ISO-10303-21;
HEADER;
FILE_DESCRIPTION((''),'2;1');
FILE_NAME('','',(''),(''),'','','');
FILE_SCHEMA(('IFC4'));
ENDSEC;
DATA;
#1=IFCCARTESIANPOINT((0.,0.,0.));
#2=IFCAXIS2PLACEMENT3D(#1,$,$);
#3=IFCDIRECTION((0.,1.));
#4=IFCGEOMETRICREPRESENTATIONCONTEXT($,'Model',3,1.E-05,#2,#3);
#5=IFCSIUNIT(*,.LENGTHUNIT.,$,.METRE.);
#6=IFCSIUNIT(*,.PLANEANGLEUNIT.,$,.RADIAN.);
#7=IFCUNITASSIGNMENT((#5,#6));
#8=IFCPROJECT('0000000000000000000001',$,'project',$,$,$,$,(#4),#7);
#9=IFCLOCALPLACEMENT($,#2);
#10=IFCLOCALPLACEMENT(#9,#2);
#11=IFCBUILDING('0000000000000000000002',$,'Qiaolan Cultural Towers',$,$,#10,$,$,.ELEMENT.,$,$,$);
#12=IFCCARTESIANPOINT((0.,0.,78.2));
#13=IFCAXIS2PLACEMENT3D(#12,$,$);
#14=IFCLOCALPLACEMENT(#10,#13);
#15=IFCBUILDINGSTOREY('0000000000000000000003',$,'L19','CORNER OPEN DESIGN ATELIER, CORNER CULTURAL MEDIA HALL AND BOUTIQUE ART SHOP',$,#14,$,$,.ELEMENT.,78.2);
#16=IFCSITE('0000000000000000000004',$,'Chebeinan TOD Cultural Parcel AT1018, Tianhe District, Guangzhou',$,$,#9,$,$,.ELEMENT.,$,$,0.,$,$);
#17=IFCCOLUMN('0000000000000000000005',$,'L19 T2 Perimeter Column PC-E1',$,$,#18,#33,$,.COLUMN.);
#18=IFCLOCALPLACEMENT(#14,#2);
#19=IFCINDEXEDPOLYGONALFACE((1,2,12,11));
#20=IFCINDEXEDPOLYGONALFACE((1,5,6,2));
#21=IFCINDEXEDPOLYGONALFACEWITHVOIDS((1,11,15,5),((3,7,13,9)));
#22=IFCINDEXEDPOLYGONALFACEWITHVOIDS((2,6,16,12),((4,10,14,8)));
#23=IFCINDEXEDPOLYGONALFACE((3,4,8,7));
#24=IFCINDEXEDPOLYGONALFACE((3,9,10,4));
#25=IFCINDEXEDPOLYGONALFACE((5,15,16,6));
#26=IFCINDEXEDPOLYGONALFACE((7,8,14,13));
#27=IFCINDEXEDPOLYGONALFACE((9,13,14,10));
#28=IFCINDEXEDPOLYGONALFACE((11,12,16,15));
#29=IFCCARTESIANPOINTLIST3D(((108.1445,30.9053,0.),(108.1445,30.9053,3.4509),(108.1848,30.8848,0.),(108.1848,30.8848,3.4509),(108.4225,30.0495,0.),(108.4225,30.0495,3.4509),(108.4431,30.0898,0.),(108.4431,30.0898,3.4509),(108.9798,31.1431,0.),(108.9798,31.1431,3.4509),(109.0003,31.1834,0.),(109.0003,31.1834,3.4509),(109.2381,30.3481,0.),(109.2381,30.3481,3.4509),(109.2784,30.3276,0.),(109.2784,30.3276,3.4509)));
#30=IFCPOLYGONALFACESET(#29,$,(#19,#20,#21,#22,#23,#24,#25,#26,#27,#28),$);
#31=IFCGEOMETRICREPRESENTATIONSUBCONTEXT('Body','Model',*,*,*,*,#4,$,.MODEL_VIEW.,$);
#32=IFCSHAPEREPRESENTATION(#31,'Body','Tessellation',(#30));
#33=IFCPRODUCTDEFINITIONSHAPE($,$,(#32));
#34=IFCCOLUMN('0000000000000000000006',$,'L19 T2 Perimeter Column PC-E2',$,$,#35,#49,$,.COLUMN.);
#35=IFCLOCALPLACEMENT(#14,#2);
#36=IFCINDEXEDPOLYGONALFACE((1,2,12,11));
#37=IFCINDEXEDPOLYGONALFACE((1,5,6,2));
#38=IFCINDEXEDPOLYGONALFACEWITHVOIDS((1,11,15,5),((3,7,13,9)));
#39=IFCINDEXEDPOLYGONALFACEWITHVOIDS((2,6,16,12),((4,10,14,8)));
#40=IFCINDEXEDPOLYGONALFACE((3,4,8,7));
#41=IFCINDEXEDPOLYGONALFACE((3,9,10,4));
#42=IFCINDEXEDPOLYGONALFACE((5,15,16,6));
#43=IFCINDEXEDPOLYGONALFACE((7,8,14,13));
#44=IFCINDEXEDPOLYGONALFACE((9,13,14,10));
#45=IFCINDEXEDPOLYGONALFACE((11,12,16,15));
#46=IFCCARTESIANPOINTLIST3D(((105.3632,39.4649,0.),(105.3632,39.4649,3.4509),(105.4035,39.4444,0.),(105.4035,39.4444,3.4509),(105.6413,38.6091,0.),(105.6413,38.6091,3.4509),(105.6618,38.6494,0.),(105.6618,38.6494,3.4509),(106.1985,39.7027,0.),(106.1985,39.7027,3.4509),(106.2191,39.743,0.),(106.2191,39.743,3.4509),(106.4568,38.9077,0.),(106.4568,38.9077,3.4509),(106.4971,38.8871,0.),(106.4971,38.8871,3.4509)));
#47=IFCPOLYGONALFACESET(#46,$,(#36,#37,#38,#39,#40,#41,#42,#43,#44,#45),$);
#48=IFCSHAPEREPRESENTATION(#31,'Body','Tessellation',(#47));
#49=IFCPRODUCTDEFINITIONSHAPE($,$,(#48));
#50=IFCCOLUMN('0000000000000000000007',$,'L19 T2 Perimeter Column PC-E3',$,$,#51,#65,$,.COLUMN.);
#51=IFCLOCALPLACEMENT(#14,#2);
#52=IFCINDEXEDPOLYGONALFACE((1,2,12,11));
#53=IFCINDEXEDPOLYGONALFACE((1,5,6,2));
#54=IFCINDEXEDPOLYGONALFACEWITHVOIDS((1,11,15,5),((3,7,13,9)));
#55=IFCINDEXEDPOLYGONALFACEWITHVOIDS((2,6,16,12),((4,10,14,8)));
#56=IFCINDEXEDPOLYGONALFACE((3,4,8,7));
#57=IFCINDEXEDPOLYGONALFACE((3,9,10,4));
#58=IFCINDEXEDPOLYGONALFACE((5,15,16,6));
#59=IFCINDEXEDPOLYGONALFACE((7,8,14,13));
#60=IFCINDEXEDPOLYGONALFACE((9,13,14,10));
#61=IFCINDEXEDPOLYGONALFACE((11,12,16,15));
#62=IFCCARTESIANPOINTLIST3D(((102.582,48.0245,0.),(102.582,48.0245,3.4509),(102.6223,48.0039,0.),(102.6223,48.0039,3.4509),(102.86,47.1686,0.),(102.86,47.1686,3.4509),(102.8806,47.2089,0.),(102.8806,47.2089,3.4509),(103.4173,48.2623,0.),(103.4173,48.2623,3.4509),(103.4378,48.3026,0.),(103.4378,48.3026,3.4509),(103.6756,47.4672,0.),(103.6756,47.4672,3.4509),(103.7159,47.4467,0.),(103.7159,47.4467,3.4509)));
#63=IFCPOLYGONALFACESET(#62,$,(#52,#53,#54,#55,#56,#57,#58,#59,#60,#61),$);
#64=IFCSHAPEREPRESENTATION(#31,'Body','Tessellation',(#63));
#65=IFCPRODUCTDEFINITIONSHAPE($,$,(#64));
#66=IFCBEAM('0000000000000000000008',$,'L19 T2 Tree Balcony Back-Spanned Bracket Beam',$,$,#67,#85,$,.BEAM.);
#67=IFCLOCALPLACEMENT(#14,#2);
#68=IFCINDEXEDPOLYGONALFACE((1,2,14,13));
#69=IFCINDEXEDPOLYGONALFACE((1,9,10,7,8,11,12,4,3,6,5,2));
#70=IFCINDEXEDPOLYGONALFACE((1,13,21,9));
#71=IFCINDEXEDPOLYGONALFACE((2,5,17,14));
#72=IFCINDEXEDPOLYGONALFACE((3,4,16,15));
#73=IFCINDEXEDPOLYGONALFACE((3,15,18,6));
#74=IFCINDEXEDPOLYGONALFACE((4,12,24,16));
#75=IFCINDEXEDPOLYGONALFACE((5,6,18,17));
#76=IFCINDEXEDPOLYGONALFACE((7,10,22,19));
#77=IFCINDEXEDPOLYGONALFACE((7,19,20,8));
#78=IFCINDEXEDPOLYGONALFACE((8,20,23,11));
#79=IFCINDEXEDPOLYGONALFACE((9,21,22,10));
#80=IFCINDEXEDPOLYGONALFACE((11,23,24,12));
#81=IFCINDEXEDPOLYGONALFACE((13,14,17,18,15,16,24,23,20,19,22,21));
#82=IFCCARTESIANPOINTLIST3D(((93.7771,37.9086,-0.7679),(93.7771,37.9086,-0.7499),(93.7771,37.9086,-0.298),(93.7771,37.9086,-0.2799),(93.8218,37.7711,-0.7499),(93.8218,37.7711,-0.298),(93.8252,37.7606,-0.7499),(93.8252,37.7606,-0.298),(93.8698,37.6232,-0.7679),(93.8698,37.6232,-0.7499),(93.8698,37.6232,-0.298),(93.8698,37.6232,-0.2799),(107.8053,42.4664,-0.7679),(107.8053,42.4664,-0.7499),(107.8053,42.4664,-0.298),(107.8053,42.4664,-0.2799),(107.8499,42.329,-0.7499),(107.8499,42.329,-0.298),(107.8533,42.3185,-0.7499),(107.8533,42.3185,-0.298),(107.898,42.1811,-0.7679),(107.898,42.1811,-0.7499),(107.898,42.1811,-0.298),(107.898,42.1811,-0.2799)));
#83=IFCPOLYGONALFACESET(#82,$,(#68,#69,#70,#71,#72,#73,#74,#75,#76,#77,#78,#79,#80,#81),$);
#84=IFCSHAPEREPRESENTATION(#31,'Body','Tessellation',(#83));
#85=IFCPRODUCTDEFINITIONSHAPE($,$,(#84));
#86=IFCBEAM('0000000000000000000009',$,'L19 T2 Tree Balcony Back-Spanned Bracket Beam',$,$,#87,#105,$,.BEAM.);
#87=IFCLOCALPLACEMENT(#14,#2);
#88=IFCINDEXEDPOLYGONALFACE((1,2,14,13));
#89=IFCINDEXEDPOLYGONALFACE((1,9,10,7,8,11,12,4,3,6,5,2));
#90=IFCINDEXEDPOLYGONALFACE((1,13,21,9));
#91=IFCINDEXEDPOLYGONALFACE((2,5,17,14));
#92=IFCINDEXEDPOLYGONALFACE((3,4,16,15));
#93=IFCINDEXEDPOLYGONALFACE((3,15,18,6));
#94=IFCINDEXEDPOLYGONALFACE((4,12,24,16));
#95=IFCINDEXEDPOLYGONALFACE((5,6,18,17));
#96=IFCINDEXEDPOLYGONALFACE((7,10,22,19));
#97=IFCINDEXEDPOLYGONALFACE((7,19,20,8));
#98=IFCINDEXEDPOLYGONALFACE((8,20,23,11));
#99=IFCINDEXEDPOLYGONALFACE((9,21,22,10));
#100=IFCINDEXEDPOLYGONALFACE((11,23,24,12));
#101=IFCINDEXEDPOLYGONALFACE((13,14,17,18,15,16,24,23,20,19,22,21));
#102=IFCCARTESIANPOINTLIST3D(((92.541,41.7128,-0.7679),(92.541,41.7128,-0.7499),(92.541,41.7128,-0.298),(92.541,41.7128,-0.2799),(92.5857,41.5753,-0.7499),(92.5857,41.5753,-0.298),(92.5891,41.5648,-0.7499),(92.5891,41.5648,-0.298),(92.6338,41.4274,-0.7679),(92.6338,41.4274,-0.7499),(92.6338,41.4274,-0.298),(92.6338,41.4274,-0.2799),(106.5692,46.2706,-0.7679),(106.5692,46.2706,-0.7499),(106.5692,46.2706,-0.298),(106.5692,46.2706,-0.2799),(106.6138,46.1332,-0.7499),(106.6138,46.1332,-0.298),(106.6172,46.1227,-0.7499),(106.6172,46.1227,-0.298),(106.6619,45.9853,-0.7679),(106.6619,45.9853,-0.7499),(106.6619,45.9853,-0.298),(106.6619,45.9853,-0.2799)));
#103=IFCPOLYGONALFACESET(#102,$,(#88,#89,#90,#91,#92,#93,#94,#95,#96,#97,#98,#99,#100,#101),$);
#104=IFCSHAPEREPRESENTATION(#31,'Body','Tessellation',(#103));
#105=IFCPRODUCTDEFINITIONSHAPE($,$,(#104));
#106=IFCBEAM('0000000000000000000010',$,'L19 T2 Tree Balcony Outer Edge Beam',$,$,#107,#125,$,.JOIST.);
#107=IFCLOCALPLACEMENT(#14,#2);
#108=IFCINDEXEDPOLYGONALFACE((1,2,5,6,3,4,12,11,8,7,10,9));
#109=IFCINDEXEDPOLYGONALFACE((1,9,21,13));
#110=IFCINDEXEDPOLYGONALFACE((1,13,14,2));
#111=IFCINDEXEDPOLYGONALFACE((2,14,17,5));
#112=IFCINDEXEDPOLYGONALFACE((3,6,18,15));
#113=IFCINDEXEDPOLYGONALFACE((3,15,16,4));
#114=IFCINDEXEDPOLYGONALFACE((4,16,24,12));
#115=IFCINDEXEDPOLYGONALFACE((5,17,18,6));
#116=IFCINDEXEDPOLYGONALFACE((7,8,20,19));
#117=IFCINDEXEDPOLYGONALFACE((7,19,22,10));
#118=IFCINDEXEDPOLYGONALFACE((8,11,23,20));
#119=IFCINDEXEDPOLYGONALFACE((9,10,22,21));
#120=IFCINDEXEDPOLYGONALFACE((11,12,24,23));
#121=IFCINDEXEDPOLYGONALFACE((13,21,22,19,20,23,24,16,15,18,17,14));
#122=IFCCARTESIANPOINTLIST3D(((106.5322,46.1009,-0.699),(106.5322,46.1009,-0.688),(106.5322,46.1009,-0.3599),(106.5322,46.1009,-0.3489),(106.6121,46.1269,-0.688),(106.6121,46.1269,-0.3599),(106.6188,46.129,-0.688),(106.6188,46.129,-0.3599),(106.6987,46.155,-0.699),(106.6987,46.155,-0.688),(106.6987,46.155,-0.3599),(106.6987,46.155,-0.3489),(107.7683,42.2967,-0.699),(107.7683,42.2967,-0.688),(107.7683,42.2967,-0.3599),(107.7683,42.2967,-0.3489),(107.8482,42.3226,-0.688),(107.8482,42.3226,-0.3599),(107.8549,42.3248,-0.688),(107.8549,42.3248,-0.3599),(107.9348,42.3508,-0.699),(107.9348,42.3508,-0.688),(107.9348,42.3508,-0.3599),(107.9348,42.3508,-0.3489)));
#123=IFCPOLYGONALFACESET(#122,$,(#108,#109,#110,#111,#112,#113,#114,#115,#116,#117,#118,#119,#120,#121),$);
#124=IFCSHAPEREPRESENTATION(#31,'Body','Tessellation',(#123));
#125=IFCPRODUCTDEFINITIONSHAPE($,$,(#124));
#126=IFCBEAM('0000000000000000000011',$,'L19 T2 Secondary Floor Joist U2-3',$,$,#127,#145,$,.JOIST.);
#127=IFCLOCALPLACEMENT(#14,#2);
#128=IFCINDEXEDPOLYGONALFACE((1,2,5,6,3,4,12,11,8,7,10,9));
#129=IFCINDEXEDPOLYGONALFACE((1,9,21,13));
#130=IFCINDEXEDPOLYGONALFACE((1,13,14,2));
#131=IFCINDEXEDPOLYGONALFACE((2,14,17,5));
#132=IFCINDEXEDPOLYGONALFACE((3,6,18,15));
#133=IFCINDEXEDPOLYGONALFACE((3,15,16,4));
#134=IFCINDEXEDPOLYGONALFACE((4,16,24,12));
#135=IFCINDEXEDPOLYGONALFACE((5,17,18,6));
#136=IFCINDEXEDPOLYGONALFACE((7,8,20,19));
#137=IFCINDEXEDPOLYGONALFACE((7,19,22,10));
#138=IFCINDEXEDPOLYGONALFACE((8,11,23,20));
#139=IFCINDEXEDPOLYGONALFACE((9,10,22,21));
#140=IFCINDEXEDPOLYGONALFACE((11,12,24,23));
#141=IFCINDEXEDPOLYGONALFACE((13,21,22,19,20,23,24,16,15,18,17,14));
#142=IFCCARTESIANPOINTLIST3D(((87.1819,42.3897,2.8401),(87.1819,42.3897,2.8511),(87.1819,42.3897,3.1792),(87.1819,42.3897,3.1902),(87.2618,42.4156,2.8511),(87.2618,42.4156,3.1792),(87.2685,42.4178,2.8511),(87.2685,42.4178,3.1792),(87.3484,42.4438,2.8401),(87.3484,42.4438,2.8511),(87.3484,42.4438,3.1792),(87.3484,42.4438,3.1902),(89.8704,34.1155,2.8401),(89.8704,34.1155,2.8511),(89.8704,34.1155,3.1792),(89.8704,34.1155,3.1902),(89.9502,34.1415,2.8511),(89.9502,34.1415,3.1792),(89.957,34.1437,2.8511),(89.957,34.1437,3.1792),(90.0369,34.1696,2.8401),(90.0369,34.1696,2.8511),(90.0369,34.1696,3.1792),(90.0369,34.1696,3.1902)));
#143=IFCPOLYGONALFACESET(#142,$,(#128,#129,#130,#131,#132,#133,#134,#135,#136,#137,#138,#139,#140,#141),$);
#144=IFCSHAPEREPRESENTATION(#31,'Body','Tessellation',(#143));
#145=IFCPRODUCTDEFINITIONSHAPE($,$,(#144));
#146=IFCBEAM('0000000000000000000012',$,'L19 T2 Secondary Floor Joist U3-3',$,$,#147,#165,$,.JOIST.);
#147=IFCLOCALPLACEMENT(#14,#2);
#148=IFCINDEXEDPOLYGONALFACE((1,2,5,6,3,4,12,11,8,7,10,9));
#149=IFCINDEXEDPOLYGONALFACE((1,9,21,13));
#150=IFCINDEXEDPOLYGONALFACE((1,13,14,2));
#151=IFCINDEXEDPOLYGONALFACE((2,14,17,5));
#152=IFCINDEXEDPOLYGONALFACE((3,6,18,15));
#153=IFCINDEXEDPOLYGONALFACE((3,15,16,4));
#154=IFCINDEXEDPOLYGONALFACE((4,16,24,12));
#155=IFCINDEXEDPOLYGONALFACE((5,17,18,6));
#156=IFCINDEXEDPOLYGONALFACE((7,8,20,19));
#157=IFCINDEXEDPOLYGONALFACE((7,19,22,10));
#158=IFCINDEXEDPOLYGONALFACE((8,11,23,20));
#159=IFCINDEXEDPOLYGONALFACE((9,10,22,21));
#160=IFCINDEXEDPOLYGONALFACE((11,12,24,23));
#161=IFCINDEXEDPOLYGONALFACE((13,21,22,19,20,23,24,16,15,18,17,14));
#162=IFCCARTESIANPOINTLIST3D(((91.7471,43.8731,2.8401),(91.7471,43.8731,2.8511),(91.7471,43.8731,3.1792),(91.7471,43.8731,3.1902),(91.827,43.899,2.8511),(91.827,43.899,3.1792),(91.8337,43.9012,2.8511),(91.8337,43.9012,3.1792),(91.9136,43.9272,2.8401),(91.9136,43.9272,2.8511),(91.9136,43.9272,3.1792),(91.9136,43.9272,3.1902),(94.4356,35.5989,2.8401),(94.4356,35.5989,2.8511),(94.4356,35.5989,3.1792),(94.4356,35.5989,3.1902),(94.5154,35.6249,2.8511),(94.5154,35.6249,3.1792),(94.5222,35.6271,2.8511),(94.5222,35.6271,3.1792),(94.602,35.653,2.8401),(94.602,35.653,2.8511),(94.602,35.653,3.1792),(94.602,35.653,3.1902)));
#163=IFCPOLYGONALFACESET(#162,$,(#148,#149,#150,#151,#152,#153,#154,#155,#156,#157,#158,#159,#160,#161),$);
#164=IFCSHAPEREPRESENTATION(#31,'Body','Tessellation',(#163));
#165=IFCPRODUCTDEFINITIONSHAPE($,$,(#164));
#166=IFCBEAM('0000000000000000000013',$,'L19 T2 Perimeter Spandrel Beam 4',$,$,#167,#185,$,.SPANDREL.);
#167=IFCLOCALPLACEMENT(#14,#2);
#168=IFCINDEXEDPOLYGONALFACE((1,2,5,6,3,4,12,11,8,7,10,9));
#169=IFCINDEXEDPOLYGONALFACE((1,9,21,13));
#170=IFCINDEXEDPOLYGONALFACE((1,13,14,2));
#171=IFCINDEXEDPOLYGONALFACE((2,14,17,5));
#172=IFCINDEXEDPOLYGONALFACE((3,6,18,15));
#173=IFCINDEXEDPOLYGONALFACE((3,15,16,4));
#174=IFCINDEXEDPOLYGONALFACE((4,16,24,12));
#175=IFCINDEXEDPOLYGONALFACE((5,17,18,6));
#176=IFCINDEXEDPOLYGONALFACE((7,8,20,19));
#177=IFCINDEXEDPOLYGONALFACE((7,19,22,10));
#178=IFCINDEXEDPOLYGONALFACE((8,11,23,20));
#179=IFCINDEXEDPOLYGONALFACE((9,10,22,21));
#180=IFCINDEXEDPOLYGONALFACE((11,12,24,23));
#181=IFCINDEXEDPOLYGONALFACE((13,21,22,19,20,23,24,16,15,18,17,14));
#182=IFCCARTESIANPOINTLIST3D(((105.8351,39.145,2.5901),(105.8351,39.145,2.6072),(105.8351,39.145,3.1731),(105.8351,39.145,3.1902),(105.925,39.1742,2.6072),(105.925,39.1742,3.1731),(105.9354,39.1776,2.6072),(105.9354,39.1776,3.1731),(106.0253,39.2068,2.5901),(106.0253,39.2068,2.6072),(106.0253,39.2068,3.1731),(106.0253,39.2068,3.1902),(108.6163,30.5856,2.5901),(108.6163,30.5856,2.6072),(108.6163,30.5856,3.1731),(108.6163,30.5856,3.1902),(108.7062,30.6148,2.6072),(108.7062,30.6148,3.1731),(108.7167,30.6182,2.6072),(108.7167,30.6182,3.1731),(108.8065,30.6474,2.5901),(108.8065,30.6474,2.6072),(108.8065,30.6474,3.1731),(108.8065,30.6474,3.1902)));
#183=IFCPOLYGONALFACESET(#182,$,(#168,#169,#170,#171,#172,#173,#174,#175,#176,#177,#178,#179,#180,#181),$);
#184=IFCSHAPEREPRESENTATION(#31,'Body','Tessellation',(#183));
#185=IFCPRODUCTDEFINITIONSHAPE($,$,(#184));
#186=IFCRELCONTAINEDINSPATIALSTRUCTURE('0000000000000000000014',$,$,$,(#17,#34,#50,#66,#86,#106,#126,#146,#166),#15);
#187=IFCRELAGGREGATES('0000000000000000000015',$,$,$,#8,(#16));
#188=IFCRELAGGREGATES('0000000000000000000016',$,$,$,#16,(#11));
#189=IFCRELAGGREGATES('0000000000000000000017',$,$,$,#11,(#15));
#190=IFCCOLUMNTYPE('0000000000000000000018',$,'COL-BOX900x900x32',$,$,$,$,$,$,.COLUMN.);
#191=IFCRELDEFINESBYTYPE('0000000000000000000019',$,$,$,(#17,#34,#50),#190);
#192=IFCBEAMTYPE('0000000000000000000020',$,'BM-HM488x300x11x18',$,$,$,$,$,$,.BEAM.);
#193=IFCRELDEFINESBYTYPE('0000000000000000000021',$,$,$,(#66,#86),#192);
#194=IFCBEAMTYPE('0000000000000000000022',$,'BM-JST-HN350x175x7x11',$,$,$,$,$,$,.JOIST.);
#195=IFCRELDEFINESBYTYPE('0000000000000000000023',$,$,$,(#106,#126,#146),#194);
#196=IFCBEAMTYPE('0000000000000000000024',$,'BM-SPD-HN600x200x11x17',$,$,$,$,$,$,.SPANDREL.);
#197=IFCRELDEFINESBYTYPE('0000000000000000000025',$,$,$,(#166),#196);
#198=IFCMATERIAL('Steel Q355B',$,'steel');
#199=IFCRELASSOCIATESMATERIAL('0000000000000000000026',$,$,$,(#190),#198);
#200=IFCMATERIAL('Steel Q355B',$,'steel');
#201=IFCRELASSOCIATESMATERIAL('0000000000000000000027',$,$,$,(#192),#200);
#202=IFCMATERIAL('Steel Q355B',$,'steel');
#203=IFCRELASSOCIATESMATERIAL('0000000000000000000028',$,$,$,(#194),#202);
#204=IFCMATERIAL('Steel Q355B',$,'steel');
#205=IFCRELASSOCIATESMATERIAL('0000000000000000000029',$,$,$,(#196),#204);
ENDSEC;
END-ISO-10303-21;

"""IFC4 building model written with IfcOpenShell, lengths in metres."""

from ifc_helpers import new_model, si_unit, direction, frame, origin, origin_2d, place, context, subcontext, project, spatial, hollow_rectangle, i_section, extrude, material, material_profile, profile_set, type_object, element, save


model = new_model("IFC4")

# Units and contexts
model_context = context("Model", 3, precision=1e-05, world=origin(), true_north=direction((0.0, 1.0)))
body_context = subcontext(model_context, "Body", "Model", "MODEL_VIEW")
ifc_project = project(units=[si_unit("LENGTHUNIT", "METRE"), si_unit("PLANEANGLEUNIT", "RADIAN")], contexts=[model_context])

# Site, building, storey
site_placement = place(None, origin())
site = spatial("IfcSite", under=ifc_project, at=site_placement, Name="Chebeinan TOD Cultural Parcel AT1018, Tianhe District, Guangzhou", CompositionType="ELEMENT", RefElevation=0.0)
building_placement = place(site_placement, origin())
building = spatial("IfcBuilding", under=site, at=building_placement, Name="Qiaolan Cultural Towers", CompositionType="ELEMENT")
storey_placement = place(building_placement, frame((0.0, 0.0, 78.2)))
storey = spatial("IfcBuildingStorey", under=building, at=storey_placement, Name="L19", Description="CORNER OPEN DESIGN ATELIER, CORNER CULTURAL MEDIA HALL AND BOUTIQUE ART SHOP", CompositionType="ELEMENT", Elevation=78.2)

# Columns
ifc_material_1 = material(Name="Steel Q355B", Category="steel")
ifc_material_profile_1 = material_profile(ifc_material_1, hollow_rectangle(XDim=0.8999, YDim=0.8999, WallThickness=0.032, at=origin_2d()), Name="BOX900x900x32")
ifc_profile_set_1 = profile_set([ifc_material_profile_1], Name="Steel Q355B")
column_type = type_object("IfcColumnType", Name="COL-BOX900x900x32", PredefinedType="COLUMN", material=ifc_profile_set_1)
for number, where, z_axis, x_axis, name in (
    (1, (108.7114, 30.6165, 0.0), (0.0, 0.0, 1.0), (0.951057, 0.309017, 0.0), "L19 T2 Perimeter Column PC-E1"),
    (2, (105.9302, 39.176, 0.0), (0.0, 0.0, 1.0), (0.951057, 0.309017, 0.0), "L19 T2 Perimeter Column PC-E2"),
    (3, (103.1489, 47.7356, 0.0), (0.0, 0.0, 1.0), (0.951057, 0.309017, 0.0), "L19 T2 Perimeter Column PC-E3"),
):
    element("IfcColumn", number, at=place(storey_placement, frame(where, z_axis=z_axis, x_axis=x_axis)), inside=storey, type_object=column_type, Name=name, PredefinedType="COLUMN", context=body_context, shape_type="SweptSolid", body=[
        extrude(hollow_rectangle(XDim=0.8999, YDim=0.8999, WallThickness=0.032, at=origin_2d()), origin(), (0.0, 0.0, 1.0), 3.4509),
    ])

# Beams
ifc_material_2 = material(Name="Steel Q355B", Category="steel")
ifc_material_profile_2 = material_profile(ifc_material_2, i_section(OverallWidth=0.3, OverallDepth=0.488, WebThickness=0.011, FlangeThickness=0.0181, at=origin_2d()), Name="HM488x300x11x18")
ifc_profile_set_2 = profile_set([ifc_material_profile_2], Name="Steel Q355B")
beam_type_1 = type_object("IfcBeamType", Name="BM-HM488x300x11x18", PredefinedType="BEAM", material=ifc_profile_set_2)
for number, where, z_axis, x_axis, name in (
    (4, (93.8235, 37.7659, -0.5239), (0.951059, 0.309009, 0.0), (-0.309009, 0.951059, 0.0), "L19 T2 Tree Balcony Back-Spanned Bracket Beam"),
    (5, (92.5874, 41.5701, -0.5239), (0.951059, 0.309009, 0.0), (-0.309009, 0.951059, 0.0), "L19 T2 Tree Balcony Back-Spanned Bracket Beam"),
):
    element("IfcBeam", number, at=place(storey_placement, frame(where, z_axis=z_axis, x_axis=x_axis)), inside=storey, type_object=beam_type_1, Name=name, PredefinedType="BEAM", context=body_context, shape_type="SweptSolid", body=[
        extrude(i_section(OverallWidth=0.3, OverallDepth=0.488, WebThickness=0.011, FlangeThickness=0.0181, at=origin_2d()), origin(), (0.0, 0.0, 1.0), 14.75),
    ])
ifc_material_3 = material(Name="Steel Q355B", Category="steel")
ifc_material_profile_3 = material_profile(ifc_material_3, i_section(OverallWidth=0.175, OverallDepth=0.3501, WebThickness=0.0071, FlangeThickness=0.011, at=origin_2d()), Name="HN350x175x7x11")
ifc_profile_set_3 = profile_set([ifc_material_profile_3], Name="Steel Q355B")
beam_type_2 = type_object("IfcBeamType", Name="BM-JST-HN350x175x7x11", PredefinedType="JOIST", material=ifc_profile_set_3)
beam_1_placement = place(storey_placement, frame((107.8516, 42.3237, -0.5239), z_axis=(-0.309023, 0.951055, 0.0), x_axis=(-0.951055, -0.309023, 0.0)))
element("IfcBeam", 6, at=beam_1_placement, inside=storey, type_object=beam_type_2, Name="L19 T2 Tree Balcony Outer Edge Beam", PredefinedType="JOIST", context=body_context, shape_type="SweptSolid", body=[
    extrude(i_section(OverallWidth=0.175, OverallDepth=0.3501, WebThickness=0.0071, FlangeThickness=0.011, at=origin_2d()), origin(), (0.0, 0.0, 1.0), 4.0),
])
for number, where, z_axis, x_axis, name in (
    (7, (89.9536, 34.1426, 3.0151), (-0.309021, 0.951055, 0.0), (-0.951055, -0.309021, 0.0), "L19 T2 Secondary Floor Joist U2-3"),
    (8, (94.5188, 35.626, 3.0151), (-0.309021, 0.951055, 0.0), (-0.951055, -0.309021, 0.0), "L19 T2 Secondary Floor Joist U3-3"),
):
    element("IfcBeam", number, at=place(storey_placement, frame(where, z_axis=z_axis, x_axis=x_axis)), inside=storey, type_object=beam_type_2, Name=name, PredefinedType="JOIST", context=body_context, shape_type="SweptSolid", body=[
        extrude(i_section(OverallWidth=0.175, OverallDepth=0.3501, WebThickness=0.0071, FlangeThickness=0.011, at=origin_2d()), origin(), (0.0, 0.0, 1.0), 8.7),
    ])
ifc_material_4 = material(Name="Steel Q355B", Category="steel")
ifc_material_profile_4 = material_profile(ifc_material_4, i_section(OverallWidth=0.2, OverallDepth=0.6001, WebThickness=0.011, FlangeThickness=0.0171, at=origin_2d()), Name="HN600x200x11x17")
ifc_profile_set_4 = profile_set([ifc_material_profile_4], Name="Steel Q355B")
beam_type_3 = type_object("IfcBeamType", Name="BM-SPD-HN600x200x11x17", PredefinedType="SPANDREL", material=ifc_profile_set_4)
for number, where, z_axis, x_axis, name in (
    (9, (108.7114, 30.6165, 2.8901), (-0.309025, 0.951054, 0.0), (-0.951054, -0.309025, 0.0), "L19 T2 Perimeter Spandrel Beam 4"),
):
    element("IfcBeam", number, at=place(storey_placement, frame(where, z_axis=z_axis, x_axis=x_axis)), inside=storey, type_object=beam_type_3, Name=name, PredefinedType="SPANDREL", context=body_context, shape_type="SweptSolid", body=[
        extrude(i_section(OverallWidth=0.2, OverallDepth=0.6001, WebThickness=0.011, FlangeThickness=0.0171, at=origin_2d()), origin(), (0.0, 0.0, 1.0), 9.0),
    ])

save(model, "model.ifc")
